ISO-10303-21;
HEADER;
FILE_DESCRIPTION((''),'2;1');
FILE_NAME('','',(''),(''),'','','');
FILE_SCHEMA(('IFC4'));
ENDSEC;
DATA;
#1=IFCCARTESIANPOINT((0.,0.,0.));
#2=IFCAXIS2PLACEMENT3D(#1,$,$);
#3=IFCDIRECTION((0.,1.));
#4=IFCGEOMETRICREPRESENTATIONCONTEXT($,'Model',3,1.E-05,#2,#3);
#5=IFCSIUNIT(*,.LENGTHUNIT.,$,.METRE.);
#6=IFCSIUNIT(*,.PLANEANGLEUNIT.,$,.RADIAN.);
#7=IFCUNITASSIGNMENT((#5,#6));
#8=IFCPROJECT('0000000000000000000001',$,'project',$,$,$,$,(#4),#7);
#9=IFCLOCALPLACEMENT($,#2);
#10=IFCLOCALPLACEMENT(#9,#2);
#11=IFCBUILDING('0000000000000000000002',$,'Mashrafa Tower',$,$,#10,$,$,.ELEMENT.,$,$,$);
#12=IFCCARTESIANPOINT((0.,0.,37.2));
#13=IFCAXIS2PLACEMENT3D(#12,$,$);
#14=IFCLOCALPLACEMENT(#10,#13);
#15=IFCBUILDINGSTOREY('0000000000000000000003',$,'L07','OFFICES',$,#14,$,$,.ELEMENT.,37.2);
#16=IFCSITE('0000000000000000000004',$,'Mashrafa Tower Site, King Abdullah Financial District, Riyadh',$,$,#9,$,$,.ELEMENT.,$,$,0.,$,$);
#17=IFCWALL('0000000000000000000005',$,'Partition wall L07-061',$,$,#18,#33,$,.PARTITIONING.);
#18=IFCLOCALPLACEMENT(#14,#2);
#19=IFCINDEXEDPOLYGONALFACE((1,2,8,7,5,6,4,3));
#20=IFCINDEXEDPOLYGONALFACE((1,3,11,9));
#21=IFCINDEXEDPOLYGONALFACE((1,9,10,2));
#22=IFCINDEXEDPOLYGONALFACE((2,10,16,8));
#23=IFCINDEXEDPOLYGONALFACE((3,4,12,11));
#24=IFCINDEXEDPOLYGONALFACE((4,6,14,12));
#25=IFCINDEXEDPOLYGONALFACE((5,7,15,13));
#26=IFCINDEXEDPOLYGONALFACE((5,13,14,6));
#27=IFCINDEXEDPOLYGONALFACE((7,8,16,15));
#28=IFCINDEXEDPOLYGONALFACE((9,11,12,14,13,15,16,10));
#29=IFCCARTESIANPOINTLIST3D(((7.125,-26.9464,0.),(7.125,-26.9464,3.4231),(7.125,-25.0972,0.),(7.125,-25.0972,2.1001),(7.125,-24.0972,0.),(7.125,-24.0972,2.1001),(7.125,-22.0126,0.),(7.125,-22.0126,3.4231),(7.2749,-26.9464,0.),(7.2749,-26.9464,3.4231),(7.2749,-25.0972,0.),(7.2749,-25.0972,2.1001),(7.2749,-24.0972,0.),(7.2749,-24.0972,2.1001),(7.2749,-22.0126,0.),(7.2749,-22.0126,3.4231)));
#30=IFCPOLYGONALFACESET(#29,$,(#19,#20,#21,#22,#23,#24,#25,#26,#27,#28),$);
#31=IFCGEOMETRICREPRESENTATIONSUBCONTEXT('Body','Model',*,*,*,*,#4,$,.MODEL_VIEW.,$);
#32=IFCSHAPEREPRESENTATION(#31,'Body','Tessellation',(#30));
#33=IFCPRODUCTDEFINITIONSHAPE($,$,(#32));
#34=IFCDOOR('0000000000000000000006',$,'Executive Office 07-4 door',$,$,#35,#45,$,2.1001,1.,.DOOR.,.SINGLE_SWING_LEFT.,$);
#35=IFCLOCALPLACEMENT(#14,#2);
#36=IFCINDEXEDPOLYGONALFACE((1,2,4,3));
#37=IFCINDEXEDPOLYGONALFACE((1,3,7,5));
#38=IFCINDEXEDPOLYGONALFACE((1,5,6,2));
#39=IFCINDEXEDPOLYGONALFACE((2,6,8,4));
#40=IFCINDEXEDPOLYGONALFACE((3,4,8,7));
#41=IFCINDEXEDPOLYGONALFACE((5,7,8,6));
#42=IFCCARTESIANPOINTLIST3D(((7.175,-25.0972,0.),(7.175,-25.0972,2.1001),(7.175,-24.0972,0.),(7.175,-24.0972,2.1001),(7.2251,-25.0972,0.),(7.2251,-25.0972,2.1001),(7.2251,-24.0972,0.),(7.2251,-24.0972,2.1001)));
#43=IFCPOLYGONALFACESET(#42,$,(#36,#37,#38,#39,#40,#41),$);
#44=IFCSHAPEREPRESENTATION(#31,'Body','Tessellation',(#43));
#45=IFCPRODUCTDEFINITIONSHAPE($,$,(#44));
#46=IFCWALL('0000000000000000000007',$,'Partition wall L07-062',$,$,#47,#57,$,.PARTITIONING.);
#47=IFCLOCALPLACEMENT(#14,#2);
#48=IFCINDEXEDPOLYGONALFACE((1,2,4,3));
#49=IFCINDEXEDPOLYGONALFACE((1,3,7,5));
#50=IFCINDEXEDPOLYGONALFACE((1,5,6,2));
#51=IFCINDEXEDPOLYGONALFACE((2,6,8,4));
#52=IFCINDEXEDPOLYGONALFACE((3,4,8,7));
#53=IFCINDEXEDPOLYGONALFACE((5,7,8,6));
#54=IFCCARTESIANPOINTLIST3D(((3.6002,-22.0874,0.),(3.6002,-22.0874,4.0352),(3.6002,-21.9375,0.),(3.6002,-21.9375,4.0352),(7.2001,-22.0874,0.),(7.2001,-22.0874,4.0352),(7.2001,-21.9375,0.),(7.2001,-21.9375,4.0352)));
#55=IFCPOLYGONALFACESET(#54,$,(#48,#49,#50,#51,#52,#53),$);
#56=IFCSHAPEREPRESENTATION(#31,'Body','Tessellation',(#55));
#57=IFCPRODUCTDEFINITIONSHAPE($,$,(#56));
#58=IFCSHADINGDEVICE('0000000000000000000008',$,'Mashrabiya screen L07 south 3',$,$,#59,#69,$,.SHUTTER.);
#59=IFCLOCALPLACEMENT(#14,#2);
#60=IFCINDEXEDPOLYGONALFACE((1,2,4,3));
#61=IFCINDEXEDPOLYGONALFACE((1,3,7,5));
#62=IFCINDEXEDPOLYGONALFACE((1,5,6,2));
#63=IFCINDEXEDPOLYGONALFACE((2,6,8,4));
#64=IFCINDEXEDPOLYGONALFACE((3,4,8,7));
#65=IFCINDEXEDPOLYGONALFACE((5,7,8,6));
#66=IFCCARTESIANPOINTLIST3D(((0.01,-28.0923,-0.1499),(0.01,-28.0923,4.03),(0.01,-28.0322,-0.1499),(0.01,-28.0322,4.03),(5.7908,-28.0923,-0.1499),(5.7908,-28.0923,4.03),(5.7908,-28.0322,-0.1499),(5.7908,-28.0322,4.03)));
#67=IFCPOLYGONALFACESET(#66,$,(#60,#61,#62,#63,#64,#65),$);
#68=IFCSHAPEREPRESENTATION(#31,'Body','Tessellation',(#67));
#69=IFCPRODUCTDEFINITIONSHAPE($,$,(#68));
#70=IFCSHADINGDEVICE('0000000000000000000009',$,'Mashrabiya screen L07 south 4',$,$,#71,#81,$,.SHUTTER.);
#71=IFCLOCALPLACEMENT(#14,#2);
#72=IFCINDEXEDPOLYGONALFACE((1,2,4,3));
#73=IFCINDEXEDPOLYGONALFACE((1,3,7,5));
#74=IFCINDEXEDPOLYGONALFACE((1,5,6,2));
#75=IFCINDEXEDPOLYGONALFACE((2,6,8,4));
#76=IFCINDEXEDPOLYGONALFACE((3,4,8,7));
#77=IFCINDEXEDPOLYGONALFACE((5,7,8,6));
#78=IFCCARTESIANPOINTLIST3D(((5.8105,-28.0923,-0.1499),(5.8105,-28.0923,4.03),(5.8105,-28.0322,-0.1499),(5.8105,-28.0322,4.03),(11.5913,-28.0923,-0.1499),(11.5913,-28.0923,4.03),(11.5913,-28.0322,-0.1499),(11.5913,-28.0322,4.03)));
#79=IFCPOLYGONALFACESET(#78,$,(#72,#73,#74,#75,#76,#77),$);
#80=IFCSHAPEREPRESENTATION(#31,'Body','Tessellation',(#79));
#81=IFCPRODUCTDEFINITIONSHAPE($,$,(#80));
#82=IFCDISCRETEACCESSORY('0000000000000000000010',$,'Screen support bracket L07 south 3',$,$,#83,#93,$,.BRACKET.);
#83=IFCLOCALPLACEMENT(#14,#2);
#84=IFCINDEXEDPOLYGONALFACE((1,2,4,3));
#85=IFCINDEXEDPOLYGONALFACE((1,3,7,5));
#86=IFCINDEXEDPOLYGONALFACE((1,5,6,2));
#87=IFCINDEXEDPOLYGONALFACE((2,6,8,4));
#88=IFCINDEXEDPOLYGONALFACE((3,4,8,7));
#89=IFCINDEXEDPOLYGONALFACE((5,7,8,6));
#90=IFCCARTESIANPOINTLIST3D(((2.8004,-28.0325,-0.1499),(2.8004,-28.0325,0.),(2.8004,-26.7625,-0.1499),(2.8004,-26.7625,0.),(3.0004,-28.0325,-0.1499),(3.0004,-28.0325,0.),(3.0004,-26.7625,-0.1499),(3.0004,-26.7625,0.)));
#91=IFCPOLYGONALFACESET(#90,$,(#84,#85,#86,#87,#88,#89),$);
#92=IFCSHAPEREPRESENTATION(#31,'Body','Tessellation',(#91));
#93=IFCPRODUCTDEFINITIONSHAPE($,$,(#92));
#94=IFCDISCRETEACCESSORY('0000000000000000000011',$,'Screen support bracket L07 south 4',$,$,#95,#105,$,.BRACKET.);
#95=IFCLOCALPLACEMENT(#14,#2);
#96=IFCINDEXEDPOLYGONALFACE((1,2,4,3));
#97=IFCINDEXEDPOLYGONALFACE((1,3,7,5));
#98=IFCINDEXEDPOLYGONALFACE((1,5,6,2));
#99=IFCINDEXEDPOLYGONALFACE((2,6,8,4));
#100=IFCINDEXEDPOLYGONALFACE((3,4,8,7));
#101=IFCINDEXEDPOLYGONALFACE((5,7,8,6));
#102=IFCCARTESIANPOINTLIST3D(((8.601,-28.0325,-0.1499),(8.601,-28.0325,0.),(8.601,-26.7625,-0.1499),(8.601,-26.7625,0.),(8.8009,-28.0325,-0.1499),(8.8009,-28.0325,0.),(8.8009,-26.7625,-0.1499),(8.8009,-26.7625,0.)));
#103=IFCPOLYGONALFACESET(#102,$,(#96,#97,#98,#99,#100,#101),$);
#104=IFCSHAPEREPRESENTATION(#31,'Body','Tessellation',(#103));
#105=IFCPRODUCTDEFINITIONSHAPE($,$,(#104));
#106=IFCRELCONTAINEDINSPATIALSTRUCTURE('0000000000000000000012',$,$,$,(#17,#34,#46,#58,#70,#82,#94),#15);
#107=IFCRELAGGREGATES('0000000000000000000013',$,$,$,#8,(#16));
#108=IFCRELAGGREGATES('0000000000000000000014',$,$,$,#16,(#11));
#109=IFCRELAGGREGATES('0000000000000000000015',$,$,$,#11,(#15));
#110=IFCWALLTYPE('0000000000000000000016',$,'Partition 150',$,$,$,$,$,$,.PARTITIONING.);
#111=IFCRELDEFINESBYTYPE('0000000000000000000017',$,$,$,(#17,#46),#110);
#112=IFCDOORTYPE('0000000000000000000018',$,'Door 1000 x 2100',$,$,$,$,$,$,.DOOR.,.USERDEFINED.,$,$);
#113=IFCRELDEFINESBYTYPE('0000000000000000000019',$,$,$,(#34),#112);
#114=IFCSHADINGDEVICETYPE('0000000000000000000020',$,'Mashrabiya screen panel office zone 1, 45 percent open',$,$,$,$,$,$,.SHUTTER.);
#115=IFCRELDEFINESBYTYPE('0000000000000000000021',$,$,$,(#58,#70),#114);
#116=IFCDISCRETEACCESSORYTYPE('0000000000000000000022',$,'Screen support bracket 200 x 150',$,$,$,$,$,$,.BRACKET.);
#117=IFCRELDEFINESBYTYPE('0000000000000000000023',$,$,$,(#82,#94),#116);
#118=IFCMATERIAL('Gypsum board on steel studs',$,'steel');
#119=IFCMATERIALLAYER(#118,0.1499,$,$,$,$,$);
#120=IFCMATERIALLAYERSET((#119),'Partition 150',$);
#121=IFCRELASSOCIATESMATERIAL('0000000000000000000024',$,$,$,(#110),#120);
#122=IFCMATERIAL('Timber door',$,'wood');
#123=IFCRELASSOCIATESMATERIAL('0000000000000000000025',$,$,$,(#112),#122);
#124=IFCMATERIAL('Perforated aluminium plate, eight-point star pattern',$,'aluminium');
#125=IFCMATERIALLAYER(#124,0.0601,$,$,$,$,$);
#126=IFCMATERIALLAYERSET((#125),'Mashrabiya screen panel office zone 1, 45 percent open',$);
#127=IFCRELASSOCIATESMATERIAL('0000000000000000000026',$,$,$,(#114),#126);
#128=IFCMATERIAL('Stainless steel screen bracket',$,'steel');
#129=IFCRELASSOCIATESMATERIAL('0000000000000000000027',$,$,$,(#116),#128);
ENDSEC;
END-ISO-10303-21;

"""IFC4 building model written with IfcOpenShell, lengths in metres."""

from ifc_helpers import new_model, si_unit, direction, frame, frame_2d, origin, origin_2d, place, context, subcontext, project, spatial, rectangle, extrude, source, transform, mapped, material, layer, layer_set, type_object, type_shapes, element, fill, save


model = new_model("IFC4")

# Units and contexts
model_context = context("Model", 3, precision=1e-05, world=origin(), true_north=direction((0.0, 1.0)))
body_context = subcontext(model_context, "Body", "Model", "MODEL_VIEW")
ifc_project = project(units=[si_unit("LENGTHUNIT", "METRE"), si_unit("PLANEANGLEUNIT", "RADIAN")], contexts=[model_context])

# Site, building, storey
site_placement = place(None, origin())
site = spatial("IfcSite", under=ifc_project, at=site_placement, Name="Mashrafa Tower Site, King Abdullah Financial District, Riyadh", CompositionType="ELEMENT", RefElevation=0.0)
building_placement = place(site_placement, origin())
building = spatial("IfcBuilding", under=site, at=building_placement, Name="Mashrafa Tower", CompositionType="ELEMENT")
storey_placement = place(building_placement, frame((0.0, 0.0, 37.2)))
storey = spatial("IfcBuildingStorey", under=building, at=storey_placement, Name="L07", Description="OFFICES", CompositionType="ELEMENT", Elevation=37.2)

# Shared definitions
ifc_material_1 = material(Name="Gypsum board on steel studs", Category="steel")
ifc_layer_1 = layer(ifc_material_1, 0.1499)
ifc_layer_set_1 = layer_set([ifc_layer_1], Name="Partition 150")
wall_type_1 = type_object("IfcWallType", Name="Partition 150", PredefinedType="PARTITIONING", material=ifc_layer_set_1)

# Wall, opening, door
wall_1_placement = place(storey_placement, frame((7.2, -26.9463, 0.0), z_axis=(0.0, 0.0, 1.0), x_axis=(0.0, 1.0, 0.0)))
wall_1 = element("IfcWall", 1, at=wall_1_placement, inside=storey, type_object=wall_type_1, Name="Partition wall L07-061", PredefinedType="PARTITIONING", context=body_context, shape_type="SweptSolid", body=[
    extrude(rectangle(XDim=4.9338, YDim=0.1499, at=frame_2d((2.4668, 0.0))), origin(), (0.0, 0.0, 1.0), 3.4231),
])
opening_1_placement = place(wall_1_placement, frame((1.8491, 0.0, 0.0)))
opening_1 = element("IfcOpeningElement", 2, at=opening_1_placement, cuts=wall_1, PredefinedType="OPENING", context=body_context, shape_type="SweptSolid", body=[
    extrude(rectangle(XDim=1.0, YDim=2.1001, at=frame_2d((0.5, 1.05))), frame((0.0, 0.085, 0.0), z_axis=(0.0, -1.0, 0.0), x_axis=(1.0, 0.0, 0.0)), (0.0, 0.0, 1.0), 0.1699),
])
ifc_material_2 = material(Name="Timber door", Category="wood")
door_type_1 = type_object("IfcDoorType", Name="Door 1000 x 2100", OperationType="USERDEFINED", PredefinedType="DOOR", material=ifc_material_2)
door_1_placement = place(opening_1_placement, origin())
door_1 = element("IfcDoor", 3, at=door_1_placement, inside=storey, type_object=door_type_1, Name="Executive Office 07-4 door", OperationType="SINGLE_SWING_LEFT", OverallHeight=2.1001, OverallWidth=1.0, PredefinedType="DOOR", context=body_context, shape_type="SweptSolid", body=[
    extrude(rectangle(XDim=1.0, YDim=2.1001, at=frame_2d((0.5, 1.05))), frame((0.0, 0.0249, 0.0), z_axis=(0.0, -1.0, 0.0), x_axis=(1.0, 0.0, 0.0)), (0.0, 0.0, 1.0), 0.05),
])
fill(opening_1, door_1)

# Wall
wall_2_placement = place(storey_placement, frame((7.2, -22.0125, 0.0), z_axis=(0.0, 0.0, 1.0), x_axis=(-1.0, 0.0, 0.0)))
element("IfcWall", 4, at=wall_2_placement, inside=storey, type_object=wall_type_1, Name="Partition wall L07-062", PredefinedType="PARTITIONING", context=body_context, shape_type="SweptSolid", body=[
    extrude(rectangle(XDim=3.5999, YDim=0.1499, at=frame_2d((1.7998, 0.0))), origin(), (0.0, 0.0, 1.0), 4.0352),
])

# Shading devices
ifc_material_3 = material(Name="Perforated aluminium plate, eight-point star pattern", Category="aluminium")
ifc_layer_2 = layer(ifc_material_3, 0.0601)
ifc_layer_set_2 = layer_set([ifc_layer_2], Name="Mashrabiya screen panel office zone 1, 45 percent open")
shading_device_type = type_object("IfcShadingDeviceType", Name="Mashrabiya screen panel office zone 1, 45 percent open", PredefinedType="SHUTTER", material=ifc_layer_set_2)
shared_shape_1 = source(origin(), body_context, "Body", "SweptSolid", [
    extrude(rectangle(XDim=5.7808, YDim=0.0601, at=origin_2d()), origin(), (0.0, 0.0, 1.0), 4.1799),
])
type_shapes(shading_device_type, [shared_shape_1])
for number, where, z_axis, x_axis, name in (
    (5, (2.9004, -28.0623, -0.1499), (0.0, 0.0, 1.0), (1.0, 0.0, 0.0), "Mashrabiya screen L07 south 3"),
    (6, (8.7009, -28.0623, -0.1499), (0.0, 0.0, 1.0), (1.0, 0.0, 0.0), "Mashrabiya screen L07 south 4"),
):
    element("IfcShadingDevice", number, at=place(storey_placement, frame(where, z_axis=z_axis, x_axis=x_axis)), inside=storey, type_object=shading_device_type, Name=name, PredefinedType="SHUTTER", context=body_context, shape_type="MappedRepresentation", body=[
        mapped(shared_shape_1, transform((0.0, 0.0, 0.0))),
    ])

# Discrete accessories
ifc_material_4 = material(Name="Stainless steel screen bracket", Category="steel")
discrete_accessory_type = type_object("IfcDiscreteAccessoryType", Name="Screen support bracket 200 x 150", PredefinedType="BRACKET", material=ifc_material_4)
shared_shape_2 = source(origin(), body_context, "Body", "SweptSolid", [
    extrude(rectangle(XDim=0.2, YDim=1.27, at=origin_2d()), origin(), (0.0, 0.0, 1.0), 0.1499),
])
type_shapes(discrete_accessory_type, [shared_shape_2])
for number, where, z_axis, x_axis, name in (
    (7, (2.9004, -27.3975, -0.1499), (0.0, 0.0, 1.0), (1.0, 0.0, 0.0), "Screen support bracket L07 south 3"),
    (8, (8.7009, -27.3975, -0.1499), (0.0, 0.0, 1.0), (1.0, 0.0, 0.0), "Screen support bracket L07 south 4"),
):
    element("IfcDiscreteAccessory", number, at=place(storey_placement, frame(where, z_axis=z_axis, x_axis=x_axis)), inside=storey, type_object=discrete_accessory_type, Name=name, PredefinedType="BRACKET", context=body_context, shape_type="MappedRepresentation", body=[
        mapped(shared_shape_2, transform((0.0, 0.0, 0.0))),
    ])

save(model, "model.ifc")
